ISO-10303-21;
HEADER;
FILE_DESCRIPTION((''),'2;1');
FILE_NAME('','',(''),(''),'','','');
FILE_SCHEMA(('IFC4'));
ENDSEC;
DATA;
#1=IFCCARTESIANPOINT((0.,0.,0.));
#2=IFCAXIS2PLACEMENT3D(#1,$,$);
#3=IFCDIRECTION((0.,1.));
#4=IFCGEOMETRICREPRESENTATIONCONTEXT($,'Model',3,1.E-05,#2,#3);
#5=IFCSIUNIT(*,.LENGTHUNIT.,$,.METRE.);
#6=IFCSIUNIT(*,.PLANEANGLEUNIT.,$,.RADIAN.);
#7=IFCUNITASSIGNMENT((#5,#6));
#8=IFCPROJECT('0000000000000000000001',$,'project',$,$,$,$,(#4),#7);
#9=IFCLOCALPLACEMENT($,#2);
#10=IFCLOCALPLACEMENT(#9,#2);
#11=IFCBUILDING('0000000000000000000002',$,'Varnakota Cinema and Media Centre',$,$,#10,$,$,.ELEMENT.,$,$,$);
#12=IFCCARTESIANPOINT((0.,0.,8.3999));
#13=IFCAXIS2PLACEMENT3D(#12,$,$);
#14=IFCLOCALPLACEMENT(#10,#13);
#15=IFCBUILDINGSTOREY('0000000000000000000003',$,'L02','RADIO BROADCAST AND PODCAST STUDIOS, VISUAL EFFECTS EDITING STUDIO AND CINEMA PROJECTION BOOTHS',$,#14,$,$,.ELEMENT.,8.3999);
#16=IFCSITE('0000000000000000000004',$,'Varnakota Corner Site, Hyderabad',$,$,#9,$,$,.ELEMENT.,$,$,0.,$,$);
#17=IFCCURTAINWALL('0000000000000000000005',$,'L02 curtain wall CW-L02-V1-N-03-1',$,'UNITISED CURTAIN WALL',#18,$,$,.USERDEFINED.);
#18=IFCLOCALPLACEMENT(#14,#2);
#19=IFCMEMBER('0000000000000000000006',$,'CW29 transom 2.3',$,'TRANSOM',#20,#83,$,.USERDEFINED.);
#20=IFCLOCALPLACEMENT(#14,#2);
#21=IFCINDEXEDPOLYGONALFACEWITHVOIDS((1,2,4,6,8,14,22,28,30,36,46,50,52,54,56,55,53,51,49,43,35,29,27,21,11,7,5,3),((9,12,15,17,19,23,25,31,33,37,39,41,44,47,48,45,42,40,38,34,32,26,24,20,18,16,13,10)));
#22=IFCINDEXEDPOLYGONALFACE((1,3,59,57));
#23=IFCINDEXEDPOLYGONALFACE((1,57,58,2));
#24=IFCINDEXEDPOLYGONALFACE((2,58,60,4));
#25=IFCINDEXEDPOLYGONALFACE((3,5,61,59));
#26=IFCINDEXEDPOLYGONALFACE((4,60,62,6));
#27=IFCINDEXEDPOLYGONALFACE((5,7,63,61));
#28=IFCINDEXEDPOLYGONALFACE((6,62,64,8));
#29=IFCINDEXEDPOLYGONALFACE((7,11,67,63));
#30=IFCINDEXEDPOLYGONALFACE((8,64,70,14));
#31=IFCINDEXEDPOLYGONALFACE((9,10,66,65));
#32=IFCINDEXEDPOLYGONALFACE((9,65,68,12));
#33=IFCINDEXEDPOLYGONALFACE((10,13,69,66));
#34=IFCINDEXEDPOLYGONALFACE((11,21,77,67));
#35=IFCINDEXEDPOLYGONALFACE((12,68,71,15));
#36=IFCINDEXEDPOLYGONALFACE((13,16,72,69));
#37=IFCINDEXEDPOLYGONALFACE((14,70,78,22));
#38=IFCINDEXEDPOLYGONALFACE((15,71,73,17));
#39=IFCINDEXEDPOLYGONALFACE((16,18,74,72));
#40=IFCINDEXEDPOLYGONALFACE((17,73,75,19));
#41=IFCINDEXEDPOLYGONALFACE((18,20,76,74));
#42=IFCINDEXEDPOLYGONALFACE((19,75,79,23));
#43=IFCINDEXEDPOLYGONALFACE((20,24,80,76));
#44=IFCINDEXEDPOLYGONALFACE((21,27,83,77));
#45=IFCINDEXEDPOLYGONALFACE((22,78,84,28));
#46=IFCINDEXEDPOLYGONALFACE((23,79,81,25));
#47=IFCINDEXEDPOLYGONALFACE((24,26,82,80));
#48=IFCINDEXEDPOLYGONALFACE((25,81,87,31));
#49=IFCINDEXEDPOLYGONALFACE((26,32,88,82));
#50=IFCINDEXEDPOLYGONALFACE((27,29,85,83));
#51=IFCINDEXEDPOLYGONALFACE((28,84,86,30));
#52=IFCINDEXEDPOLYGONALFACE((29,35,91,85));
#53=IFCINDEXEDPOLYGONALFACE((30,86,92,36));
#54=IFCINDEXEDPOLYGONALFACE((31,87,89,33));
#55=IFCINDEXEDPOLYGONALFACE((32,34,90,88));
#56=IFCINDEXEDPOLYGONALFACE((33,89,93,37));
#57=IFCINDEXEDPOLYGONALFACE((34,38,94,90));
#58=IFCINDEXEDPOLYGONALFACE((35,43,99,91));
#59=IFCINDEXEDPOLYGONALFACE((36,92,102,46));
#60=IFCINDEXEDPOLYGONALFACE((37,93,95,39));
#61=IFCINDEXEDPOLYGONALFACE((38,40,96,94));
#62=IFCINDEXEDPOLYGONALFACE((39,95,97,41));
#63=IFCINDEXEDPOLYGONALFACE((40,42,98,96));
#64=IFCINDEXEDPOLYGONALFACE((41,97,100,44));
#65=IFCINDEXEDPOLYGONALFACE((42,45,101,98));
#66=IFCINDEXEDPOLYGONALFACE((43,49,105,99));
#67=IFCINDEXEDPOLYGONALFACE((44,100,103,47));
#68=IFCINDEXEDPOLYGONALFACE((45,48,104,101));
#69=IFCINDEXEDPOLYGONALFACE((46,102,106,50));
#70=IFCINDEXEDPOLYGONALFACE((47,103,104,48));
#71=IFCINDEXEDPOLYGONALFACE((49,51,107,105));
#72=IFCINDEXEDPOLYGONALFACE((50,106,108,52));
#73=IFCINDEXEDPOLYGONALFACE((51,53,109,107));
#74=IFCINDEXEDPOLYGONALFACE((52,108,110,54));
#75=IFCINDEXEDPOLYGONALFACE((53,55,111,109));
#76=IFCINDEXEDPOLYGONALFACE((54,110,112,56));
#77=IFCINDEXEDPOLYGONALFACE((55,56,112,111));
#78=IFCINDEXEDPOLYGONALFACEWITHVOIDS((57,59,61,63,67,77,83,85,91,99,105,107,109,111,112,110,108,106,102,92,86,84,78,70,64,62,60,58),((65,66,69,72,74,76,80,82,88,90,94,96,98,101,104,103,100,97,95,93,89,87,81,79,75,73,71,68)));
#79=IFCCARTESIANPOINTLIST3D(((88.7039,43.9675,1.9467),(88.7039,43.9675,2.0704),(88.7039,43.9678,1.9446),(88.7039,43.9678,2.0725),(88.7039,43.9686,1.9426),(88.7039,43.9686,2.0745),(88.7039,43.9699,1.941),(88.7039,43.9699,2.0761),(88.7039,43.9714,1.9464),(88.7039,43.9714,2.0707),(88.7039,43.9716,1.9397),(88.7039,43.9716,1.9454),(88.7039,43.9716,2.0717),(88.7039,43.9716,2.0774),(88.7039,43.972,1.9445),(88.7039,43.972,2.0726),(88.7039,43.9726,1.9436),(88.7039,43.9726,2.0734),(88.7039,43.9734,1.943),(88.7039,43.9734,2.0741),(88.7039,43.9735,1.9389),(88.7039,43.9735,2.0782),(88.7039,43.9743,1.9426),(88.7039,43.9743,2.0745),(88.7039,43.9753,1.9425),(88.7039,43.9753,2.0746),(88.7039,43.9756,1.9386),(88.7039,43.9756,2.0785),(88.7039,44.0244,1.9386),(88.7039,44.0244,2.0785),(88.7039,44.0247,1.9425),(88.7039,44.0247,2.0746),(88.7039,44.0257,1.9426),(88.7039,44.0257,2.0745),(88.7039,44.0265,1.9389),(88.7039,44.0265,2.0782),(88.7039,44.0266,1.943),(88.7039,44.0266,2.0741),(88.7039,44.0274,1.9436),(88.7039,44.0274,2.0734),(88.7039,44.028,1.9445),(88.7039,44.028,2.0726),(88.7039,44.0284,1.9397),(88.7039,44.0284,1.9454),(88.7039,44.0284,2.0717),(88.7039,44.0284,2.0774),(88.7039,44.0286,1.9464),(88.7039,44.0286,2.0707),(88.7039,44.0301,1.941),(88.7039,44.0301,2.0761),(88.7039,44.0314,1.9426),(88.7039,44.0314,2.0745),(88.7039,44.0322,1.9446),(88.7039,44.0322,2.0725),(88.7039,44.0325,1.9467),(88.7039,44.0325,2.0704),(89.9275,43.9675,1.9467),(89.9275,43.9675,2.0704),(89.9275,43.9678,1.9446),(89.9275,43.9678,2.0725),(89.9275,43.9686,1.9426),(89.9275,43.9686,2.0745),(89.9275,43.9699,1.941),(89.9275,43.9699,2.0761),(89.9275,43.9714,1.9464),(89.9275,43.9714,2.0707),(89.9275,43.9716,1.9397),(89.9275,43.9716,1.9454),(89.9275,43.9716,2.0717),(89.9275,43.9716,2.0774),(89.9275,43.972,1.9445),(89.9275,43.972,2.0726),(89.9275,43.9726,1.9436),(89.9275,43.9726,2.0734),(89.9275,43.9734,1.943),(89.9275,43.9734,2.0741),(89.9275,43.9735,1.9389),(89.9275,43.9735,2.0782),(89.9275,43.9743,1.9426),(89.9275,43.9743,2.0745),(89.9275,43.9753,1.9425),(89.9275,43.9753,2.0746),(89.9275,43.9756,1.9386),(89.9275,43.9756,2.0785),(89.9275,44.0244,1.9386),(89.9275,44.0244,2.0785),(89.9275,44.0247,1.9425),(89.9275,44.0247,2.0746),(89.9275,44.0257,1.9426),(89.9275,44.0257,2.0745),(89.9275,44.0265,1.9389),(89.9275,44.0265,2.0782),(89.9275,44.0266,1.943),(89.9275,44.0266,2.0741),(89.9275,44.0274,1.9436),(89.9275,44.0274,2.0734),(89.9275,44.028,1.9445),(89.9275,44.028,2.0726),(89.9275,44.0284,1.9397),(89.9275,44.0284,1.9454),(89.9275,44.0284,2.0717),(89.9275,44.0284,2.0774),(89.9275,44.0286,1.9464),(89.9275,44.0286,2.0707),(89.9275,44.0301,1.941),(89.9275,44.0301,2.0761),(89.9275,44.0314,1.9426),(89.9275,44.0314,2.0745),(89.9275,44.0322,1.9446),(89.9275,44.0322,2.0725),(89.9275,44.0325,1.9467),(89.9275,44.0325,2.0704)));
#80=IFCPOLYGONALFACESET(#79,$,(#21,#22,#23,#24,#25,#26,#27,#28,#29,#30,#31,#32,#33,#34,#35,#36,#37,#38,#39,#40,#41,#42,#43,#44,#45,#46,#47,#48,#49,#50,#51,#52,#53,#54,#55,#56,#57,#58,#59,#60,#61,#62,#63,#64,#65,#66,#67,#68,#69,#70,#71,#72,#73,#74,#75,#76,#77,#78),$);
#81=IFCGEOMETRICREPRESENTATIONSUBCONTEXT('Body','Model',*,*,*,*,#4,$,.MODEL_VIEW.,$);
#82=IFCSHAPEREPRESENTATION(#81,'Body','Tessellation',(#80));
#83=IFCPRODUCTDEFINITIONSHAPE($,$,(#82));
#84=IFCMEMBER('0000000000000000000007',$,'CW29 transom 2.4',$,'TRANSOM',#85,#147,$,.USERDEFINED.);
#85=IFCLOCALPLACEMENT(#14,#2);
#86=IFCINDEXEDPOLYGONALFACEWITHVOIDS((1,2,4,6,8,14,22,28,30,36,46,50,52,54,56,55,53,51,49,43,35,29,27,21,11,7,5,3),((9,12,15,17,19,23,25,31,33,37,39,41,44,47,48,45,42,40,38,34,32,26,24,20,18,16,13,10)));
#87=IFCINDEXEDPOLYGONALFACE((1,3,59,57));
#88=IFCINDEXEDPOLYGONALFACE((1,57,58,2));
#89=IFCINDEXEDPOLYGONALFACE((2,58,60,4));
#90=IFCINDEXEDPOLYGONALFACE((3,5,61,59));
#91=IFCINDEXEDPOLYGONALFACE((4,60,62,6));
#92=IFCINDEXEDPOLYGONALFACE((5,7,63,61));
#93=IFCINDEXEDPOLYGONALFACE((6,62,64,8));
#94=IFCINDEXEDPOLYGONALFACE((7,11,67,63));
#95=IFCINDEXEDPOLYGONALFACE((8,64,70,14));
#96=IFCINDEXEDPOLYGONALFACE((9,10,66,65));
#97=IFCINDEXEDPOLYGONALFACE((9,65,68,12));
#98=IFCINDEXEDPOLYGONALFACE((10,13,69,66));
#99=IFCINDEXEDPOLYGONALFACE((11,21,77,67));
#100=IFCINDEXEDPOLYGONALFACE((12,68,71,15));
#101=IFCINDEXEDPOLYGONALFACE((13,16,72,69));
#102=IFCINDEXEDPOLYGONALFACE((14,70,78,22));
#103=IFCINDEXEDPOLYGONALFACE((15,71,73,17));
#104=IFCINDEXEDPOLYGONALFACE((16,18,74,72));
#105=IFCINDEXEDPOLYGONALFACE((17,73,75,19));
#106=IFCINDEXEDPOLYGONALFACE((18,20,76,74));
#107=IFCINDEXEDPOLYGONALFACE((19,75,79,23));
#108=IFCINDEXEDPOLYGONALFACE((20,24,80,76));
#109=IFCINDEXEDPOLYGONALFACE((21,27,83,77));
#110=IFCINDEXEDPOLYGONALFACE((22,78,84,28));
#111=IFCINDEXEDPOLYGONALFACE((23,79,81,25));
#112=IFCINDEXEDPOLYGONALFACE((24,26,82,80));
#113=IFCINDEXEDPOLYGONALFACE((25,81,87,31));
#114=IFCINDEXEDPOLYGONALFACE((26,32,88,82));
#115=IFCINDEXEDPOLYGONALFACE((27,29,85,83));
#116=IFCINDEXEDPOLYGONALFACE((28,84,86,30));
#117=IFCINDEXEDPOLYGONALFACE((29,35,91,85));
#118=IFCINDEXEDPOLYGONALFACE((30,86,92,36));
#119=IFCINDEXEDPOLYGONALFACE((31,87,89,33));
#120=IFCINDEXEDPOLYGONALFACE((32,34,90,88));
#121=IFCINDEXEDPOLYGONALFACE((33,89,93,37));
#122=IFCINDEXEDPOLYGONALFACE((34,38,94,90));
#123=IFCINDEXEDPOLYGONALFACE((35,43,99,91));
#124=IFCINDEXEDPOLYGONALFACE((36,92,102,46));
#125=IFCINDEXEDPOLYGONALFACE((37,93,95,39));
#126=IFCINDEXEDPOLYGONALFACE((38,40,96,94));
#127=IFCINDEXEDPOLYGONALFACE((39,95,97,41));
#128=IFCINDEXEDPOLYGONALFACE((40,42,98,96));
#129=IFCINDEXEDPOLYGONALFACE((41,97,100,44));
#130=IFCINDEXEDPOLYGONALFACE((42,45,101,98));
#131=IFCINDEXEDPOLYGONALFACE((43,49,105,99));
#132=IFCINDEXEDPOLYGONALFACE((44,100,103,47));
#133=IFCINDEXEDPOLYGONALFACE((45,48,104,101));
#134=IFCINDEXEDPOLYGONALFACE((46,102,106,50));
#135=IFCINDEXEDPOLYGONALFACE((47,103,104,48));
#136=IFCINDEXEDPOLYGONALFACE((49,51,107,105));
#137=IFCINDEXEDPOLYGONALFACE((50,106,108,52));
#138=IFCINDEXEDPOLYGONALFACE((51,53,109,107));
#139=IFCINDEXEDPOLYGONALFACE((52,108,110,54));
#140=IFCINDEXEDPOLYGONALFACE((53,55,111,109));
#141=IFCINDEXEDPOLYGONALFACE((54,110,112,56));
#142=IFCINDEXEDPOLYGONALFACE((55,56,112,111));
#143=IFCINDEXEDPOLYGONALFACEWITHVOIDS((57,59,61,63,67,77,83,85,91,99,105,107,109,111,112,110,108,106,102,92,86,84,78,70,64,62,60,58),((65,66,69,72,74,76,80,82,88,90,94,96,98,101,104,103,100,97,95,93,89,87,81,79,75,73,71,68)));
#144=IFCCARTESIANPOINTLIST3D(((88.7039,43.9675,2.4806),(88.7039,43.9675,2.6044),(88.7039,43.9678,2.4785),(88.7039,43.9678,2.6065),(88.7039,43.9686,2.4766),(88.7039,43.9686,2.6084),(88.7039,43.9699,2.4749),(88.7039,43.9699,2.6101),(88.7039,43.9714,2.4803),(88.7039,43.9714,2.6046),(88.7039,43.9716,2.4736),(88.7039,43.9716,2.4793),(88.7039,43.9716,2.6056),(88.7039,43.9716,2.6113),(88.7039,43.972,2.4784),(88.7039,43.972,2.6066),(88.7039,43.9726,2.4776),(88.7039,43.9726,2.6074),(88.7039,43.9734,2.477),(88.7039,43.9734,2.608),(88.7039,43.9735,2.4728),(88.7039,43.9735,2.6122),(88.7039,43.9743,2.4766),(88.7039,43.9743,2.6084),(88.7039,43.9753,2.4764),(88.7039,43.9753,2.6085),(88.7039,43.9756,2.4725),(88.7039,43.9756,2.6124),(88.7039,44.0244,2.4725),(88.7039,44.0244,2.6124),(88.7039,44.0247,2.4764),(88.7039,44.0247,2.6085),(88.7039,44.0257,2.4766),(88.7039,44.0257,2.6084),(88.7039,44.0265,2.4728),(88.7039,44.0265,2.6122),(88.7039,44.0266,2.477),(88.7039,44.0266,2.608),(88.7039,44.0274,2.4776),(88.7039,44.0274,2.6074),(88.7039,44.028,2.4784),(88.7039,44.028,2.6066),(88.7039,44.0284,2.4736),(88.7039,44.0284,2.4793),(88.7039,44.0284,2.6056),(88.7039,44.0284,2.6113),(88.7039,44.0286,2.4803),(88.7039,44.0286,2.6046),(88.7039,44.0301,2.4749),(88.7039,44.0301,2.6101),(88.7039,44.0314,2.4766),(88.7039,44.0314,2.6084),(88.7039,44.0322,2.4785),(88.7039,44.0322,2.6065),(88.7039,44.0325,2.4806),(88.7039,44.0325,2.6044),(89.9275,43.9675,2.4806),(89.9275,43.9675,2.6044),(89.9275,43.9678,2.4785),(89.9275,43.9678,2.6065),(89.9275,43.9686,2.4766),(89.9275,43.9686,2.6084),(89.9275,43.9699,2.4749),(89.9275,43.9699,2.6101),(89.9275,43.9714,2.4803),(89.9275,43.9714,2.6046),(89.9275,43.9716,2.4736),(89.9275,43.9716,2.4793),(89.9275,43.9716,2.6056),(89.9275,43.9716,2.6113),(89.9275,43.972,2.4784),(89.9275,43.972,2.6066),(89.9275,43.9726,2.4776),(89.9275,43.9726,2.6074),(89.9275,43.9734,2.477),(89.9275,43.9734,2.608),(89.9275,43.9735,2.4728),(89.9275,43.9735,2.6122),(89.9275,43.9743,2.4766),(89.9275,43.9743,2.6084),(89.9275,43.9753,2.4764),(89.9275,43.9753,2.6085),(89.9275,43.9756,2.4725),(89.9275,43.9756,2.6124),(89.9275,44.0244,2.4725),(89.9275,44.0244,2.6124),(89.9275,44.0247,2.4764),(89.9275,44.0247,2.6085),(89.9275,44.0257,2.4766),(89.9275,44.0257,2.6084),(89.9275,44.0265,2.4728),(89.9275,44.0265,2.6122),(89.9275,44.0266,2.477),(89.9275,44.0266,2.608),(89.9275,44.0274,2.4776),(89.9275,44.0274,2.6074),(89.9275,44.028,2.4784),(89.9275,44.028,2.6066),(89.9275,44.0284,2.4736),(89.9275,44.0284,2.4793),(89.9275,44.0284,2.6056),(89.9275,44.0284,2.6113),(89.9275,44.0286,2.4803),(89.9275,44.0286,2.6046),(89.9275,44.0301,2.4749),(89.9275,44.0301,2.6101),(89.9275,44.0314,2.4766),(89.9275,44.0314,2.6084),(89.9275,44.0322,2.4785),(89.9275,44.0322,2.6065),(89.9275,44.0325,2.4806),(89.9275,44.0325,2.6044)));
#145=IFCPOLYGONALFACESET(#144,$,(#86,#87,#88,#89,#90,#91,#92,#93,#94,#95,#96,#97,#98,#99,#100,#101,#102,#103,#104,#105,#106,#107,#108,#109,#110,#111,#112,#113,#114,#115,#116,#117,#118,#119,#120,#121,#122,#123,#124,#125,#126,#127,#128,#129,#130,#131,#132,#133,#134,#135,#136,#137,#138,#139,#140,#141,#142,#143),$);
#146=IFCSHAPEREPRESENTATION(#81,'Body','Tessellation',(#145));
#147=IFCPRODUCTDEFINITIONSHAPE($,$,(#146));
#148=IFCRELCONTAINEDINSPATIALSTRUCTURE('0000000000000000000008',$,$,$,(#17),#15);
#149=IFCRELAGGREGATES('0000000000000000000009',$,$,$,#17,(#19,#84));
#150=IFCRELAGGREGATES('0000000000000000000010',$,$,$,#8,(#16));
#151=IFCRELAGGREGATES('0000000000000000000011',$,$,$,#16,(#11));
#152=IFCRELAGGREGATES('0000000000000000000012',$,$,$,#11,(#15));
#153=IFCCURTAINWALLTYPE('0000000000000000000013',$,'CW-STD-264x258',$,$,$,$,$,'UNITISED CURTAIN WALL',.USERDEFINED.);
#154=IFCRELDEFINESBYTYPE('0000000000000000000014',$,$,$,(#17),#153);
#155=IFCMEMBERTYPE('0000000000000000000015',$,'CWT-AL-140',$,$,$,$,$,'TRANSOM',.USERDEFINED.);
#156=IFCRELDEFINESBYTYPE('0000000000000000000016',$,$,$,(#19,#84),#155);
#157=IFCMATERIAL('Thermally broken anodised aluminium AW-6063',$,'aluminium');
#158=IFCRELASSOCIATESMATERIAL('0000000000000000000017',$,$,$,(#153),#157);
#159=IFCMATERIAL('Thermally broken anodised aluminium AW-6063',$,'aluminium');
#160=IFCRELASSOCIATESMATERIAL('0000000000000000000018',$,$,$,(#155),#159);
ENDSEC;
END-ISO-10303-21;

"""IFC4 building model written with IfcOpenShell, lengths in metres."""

from ifc_helpers import new_model, si_unit, direction, frame, origin, origin_2d, place, context, subcontext, project, spatial, hollow_rectangle, extrude, material, material_profile, profile_set, type_object, element, aggregate, save


model = new_model("IFC4")

# Units and contexts
model_context = context("Model", 3, precision=1e-05, world=origin(), true_north=direction((0.0, 1.0)))
body_context = subcontext(model_context, "Body", "Model", "MODEL_VIEW")
ifc_project = project(units=[si_unit("LENGTHUNIT", "METRE"), si_unit("PLANEANGLEUNIT", "RADIAN")], contexts=[model_context])

# Site, building, storey
site_placement = place(None, origin())
site = spatial("IfcSite", under=ifc_project, at=site_placement, Name="Varnakota Corner Site, Hyderabad", CompositionType="ELEMENT", RefElevation=0.0)
building_placement = place(site_placement, origin())
building = spatial("IfcBuilding", under=site, at=building_placement, Name="Varnakota Cinema and Media Centre", CompositionType="ELEMENT")
storey_placement = place(building_placement, frame((0.0, 0.0, 8.3999)))
storey = spatial("IfcBuildingStorey", under=building, at=storey_placement, Name="L02", Description="RADIO BROADCAST AND PODCAST STUDIOS, VISUAL EFFECTS EDITING STUDIO AND CINEMA PROJECTION BOOTHS", CompositionType="ELEMENT", Elevation=8.3999)

# Shared definitions
ifc_material_1 = material(Name="Thermally broken anodised aluminium AW-6063", Category="aluminium")
curtain_wall_type = type_object("IfcCurtainWallType", Name="CW-STD-264x258", ElementType="UNITISED CURTAIN WALL", PredefinedType="USERDEFINED", material=ifc_material_1)

# Curtain wall
curtain_wall_1_placement = place(storey_placement, origin())
curtain_wall_1 = element("IfcCurtainWall", 1, at=curtain_wall_1_placement, inside=storey, type_object=curtain_wall_type, Name="L02 curtain wall CW-L02-V1-N-03-1", ObjectType="UNITISED CURTAIN WALL", PredefinedType="USERDEFINED")

# Members
ifc_material_2 = material(Name="Thermally broken anodised aluminium AW-6063", Category="aluminium")
ifc_material_profile_1 = material_profile(ifc_material_2, hollow_rectangle(XDim=0.0649, YDim=0.1399, WallThickness=0.0039, InnerFilletRadius=0.0039, OuterFilletRadius=0.0081, at=origin_2d()), Name="AL-TRANSOM 140x65x4")
ifc_profile_set_1 = profile_set([ifc_material_profile_1], Name="Thermally broken anodised aluminium AW-6063")
member_type_1 = type_object("IfcMemberType", Name="CWT-AL-140", ElementType="TRANSOM", PredefinedType="USERDEFINED", material=ifc_profile_set_1)
member_1_placement = place(storey_placement, frame((88.7039, 44.0, 2.0085), z_axis=(1.0, 0.0, 0.0), x_axis=(0.0, 1.0, 0.0)))
member_1 = element("IfcMember", 2, at=member_1_placement, type_object=member_type_1, Name="CW29 transom 2.3", ObjectType="TRANSOM", PredefinedType="USERDEFINED", context=body_context, shape_type="SweptSolid", body=[
    extrude(hollow_rectangle(XDim=0.0649, YDim=0.1399, WallThickness=0.0039, InnerFilletRadius=0.0039, OuterFilletRadius=0.0081, at=origin_2d()), origin(), (0.0, 0.0, 1.0), 1.2236),
])
member_2_placement = place(storey_placement, frame((88.7039, 44.0, 2.5425), z_axis=(1.0, 0.0, 0.0), x_axis=(0.0, 1.0, 0.0)))
member_2 = element("IfcMember", 3, at=member_2_placement, type_object=member_type_1, Name="CW29 transom 2.4", ObjectType="TRANSOM", PredefinedType="USERDEFINED", context=body_context, shape_type="SweptSolid", body=[
    extrude(hollow_rectangle(XDim=0.0649, YDim=0.1399, WallThickness=0.0039, InnerFilletRadius=0.0039, OuterFilletRadius=0.0081, at=origin_2d()), origin(), (0.0, 0.0, 1.0), 1.2236),
])

aggregate(curtain_wall_1, [member_1, member_2])

save(model, "model.ifc")
